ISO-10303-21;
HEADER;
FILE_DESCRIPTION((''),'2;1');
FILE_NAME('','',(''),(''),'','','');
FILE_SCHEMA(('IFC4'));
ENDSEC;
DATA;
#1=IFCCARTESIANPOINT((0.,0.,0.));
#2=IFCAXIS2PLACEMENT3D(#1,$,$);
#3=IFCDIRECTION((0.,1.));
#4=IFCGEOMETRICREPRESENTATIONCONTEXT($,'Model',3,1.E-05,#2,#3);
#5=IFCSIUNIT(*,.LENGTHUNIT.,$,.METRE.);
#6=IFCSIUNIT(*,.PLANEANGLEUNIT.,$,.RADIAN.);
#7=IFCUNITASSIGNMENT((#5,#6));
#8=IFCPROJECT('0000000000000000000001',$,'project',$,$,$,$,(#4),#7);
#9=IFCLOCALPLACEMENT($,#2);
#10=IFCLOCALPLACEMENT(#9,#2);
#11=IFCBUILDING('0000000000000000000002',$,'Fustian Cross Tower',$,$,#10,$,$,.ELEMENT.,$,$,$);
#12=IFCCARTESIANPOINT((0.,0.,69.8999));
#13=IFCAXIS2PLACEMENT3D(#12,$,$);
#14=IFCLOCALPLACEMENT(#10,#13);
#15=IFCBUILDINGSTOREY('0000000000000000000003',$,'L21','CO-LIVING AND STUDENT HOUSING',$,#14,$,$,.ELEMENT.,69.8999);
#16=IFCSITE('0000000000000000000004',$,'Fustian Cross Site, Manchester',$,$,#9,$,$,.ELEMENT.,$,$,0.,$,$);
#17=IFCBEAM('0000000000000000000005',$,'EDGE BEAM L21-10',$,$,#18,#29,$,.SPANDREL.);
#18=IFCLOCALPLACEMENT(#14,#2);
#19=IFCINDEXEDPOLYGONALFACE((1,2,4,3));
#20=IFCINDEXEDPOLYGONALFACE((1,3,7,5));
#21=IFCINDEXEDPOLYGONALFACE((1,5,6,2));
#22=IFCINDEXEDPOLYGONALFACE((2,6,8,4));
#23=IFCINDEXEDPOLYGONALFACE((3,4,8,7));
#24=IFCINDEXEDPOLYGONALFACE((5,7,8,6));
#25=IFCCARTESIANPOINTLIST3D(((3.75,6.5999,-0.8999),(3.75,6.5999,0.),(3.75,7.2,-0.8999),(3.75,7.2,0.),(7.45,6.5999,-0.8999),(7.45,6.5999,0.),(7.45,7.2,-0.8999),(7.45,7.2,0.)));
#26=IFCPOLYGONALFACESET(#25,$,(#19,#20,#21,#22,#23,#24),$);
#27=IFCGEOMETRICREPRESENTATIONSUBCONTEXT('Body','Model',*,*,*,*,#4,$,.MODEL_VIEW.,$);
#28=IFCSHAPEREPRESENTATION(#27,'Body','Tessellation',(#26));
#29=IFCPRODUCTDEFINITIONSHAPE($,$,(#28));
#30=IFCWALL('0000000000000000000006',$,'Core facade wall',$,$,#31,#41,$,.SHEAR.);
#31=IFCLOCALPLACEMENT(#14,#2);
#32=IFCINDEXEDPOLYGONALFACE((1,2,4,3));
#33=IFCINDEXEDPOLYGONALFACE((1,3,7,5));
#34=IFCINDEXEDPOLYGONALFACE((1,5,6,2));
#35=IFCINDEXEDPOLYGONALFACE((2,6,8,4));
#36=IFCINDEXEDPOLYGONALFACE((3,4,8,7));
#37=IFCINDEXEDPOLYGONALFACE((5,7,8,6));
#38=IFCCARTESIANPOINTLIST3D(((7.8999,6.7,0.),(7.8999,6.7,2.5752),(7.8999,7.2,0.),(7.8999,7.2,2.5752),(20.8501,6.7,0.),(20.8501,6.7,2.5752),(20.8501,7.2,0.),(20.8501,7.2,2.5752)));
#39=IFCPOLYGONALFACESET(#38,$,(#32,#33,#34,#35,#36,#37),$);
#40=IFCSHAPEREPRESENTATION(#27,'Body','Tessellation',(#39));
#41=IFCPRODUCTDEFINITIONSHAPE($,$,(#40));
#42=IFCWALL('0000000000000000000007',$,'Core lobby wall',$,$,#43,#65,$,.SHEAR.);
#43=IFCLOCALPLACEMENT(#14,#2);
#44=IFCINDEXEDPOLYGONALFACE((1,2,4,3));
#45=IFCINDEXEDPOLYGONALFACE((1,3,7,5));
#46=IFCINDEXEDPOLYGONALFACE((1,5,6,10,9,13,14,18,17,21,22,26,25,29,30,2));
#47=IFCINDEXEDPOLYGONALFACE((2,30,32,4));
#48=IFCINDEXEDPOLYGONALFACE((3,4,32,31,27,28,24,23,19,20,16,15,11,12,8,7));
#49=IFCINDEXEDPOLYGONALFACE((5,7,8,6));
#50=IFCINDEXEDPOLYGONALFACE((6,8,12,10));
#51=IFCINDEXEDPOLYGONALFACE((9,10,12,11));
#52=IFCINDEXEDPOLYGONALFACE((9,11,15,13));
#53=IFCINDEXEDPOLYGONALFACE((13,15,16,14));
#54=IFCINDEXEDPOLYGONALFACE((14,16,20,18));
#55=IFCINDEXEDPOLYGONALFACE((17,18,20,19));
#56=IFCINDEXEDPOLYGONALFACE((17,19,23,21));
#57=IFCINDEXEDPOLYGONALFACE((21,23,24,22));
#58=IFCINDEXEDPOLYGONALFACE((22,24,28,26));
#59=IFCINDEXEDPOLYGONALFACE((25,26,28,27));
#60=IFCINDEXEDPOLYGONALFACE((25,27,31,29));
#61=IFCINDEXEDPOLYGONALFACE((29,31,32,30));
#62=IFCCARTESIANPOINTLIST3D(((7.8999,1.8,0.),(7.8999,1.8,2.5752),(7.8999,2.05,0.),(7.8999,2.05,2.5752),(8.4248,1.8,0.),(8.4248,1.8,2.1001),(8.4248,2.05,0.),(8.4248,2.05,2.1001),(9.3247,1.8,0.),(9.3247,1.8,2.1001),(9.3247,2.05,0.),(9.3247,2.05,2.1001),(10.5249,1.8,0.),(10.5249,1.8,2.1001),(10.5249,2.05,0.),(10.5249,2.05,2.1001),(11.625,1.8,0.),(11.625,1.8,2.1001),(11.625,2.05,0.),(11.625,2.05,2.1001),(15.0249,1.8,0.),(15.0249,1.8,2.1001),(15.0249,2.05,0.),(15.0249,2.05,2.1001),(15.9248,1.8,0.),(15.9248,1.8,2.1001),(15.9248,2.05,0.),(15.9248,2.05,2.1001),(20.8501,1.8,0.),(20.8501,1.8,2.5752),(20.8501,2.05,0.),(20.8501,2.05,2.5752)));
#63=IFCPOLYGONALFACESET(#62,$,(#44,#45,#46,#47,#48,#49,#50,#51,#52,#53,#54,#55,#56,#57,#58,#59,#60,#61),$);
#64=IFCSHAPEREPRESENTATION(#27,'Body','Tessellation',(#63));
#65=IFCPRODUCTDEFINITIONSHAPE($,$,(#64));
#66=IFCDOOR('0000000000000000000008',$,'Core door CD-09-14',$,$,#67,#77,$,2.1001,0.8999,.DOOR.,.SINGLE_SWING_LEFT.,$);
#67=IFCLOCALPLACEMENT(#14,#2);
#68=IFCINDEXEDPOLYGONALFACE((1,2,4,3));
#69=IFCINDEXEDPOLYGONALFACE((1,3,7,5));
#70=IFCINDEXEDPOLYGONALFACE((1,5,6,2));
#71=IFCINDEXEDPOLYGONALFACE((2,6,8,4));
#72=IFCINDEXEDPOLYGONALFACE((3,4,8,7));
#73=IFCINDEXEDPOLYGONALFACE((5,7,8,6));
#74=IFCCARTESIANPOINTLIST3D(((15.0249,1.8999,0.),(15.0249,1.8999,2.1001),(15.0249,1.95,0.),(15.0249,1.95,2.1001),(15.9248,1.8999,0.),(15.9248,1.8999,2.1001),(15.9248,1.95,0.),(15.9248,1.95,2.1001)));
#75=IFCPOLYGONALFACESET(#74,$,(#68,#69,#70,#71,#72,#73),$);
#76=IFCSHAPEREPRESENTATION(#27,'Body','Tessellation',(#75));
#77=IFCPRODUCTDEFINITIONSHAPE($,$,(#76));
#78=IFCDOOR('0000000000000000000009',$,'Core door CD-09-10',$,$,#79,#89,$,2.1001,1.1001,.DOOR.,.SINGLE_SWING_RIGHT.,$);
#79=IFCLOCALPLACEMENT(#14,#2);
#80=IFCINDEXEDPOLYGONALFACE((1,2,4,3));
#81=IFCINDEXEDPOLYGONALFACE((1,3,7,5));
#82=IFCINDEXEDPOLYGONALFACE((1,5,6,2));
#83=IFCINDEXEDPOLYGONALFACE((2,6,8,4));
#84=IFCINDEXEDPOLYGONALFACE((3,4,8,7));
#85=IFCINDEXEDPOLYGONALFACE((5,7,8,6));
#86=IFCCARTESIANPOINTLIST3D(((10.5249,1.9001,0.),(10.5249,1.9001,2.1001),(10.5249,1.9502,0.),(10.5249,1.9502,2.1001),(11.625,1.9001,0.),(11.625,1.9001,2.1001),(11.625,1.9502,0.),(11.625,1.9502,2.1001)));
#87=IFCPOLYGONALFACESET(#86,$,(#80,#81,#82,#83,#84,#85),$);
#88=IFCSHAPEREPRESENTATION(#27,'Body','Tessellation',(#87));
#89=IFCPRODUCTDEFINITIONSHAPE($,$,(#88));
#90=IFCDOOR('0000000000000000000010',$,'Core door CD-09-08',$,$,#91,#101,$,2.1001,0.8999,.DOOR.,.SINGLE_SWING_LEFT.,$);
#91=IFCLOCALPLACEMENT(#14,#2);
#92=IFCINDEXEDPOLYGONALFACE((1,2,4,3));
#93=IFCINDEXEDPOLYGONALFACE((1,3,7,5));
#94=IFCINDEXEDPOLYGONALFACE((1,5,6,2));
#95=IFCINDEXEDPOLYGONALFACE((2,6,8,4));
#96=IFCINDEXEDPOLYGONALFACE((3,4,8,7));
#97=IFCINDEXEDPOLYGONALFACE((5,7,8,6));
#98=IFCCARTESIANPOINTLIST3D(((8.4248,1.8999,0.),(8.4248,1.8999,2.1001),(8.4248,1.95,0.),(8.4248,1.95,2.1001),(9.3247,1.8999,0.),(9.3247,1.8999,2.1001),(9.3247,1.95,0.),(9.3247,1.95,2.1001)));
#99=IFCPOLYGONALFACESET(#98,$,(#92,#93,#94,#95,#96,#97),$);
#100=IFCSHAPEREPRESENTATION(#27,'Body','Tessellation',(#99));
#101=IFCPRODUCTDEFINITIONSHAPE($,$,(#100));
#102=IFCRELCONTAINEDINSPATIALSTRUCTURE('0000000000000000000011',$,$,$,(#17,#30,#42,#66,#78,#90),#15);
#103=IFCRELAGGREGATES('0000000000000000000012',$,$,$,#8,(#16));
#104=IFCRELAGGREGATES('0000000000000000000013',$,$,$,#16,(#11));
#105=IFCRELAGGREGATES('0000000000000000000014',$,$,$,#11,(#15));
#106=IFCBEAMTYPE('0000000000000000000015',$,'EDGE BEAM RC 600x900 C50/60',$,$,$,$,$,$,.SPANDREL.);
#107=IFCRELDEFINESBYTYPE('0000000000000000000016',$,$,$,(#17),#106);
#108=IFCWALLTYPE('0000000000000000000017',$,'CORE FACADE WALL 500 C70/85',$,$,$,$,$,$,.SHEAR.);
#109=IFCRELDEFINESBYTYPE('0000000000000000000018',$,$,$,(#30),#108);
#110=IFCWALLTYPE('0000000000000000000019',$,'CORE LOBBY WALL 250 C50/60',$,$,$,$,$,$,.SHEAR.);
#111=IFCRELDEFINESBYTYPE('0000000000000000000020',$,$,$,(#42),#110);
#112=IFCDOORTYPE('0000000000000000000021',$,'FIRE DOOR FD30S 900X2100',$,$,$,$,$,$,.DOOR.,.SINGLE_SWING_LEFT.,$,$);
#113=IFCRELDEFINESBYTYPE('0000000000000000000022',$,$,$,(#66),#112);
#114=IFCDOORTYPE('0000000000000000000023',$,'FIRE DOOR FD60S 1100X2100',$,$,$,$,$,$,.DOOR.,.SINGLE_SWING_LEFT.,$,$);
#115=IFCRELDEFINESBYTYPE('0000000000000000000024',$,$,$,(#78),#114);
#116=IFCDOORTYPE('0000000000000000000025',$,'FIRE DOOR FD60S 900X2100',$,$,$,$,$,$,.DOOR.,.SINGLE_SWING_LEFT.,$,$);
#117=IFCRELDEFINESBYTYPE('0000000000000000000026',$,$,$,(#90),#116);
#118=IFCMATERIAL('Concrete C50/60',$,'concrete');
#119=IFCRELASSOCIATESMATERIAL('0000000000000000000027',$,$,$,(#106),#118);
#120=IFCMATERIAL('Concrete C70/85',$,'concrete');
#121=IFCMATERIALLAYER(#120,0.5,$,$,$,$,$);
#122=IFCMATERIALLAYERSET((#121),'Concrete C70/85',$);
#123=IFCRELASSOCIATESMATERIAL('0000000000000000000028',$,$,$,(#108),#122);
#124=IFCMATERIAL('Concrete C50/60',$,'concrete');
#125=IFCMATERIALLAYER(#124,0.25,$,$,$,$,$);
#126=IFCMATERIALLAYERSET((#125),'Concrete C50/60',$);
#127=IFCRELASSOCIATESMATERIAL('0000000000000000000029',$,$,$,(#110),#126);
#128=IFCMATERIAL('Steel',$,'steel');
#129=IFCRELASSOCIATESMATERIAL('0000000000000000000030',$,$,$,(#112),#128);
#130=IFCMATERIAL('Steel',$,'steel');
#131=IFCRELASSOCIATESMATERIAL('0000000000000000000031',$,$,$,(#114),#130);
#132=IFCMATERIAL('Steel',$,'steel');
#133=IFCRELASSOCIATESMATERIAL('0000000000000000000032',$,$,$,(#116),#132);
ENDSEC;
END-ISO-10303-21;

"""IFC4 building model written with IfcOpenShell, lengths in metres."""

from ifc_helpers import new_model, si_unit, direction, frame, frame_2d, origin, origin_2d, place, context, subcontext, project, spatial, rectangle, extrude, material, layer, layer_set, material_profile, profile_set, type_object, element, fill, save


model = new_model("IFC4")

# Units and contexts
model_context = context("Model", 3, precision=1e-05, world=origin(), true_north=direction((0.0, 1.0)))
body_context = subcontext(model_context, "Body", "Model", "MODEL_VIEW")
ifc_project = project(units=[si_unit("LENGTHUNIT", "METRE"), si_unit("PLANEANGLEUNIT", "RADIAN")], contexts=[model_context])

# Site, building, storey
site_placement = place(None, origin())
site = spatial("IfcSite", under=ifc_project, at=site_placement, Name="Fustian Cross Site, Manchester", CompositionType="ELEMENT", RefElevation=0.0)
building_placement = place(site_placement, origin())
building = spatial("IfcBuilding", under=site, at=building_placement, Name="Fustian Cross Tower", CompositionType="ELEMENT")
storey_placement = place(building_placement, frame((0.0, 0.0, 69.8999)))
storey = spatial("IfcBuildingStorey", under=building, at=storey_placement, Name="L21", Description="CO-LIVING AND STUDENT HOUSING", CompositionType="ELEMENT", Elevation=69.8999)

# Beam
ifc_material_1 = material(Name="Concrete C50/60", Category="concrete")
ifc_material_profile = material_profile(ifc_material_1, rectangle(XDim=0.6001, YDim=0.8999, at=origin_2d()), Name="RC 600x900")
ifc_profile_set = profile_set([ifc_material_profile], Name="Concrete C50/60")
beam_type = type_object("IfcBeamType", Name="EDGE BEAM RC 600x900 C50/60", PredefinedType="SPANDREL", material=ifc_profile_set)
beam_placement = place(storey_placement, frame((7.45, 6.8999, -0.45), z_axis=(-1.0, 0.0, 0.0), x_axis=(0.0, -1.0, 0.0)))
element("IfcBeam", 1, at=beam_placement, inside=storey, type_object=beam_type, Name="EDGE BEAM L21-10", PredefinedType="SPANDREL", context=body_context, shape_type="SweptSolid", body=[
    extrude(rectangle(XDim=0.6001, YDim=0.8999, at=origin_2d()), origin(), (0.0, 0.0, 1.0), 3.7),
])

# Wall
ifc_material_2 = material(Name="Concrete C70/85", Category="concrete")
ifc_layer_1 = layer(ifc_material_2, 0.5)
ifc_layer_set_1 = layer_set([ifc_layer_1], Name="Concrete C70/85")
wall_type_1 = type_object("IfcWallType", Name="CORE FACADE WALL 500 C70/85", PredefinedType="SHEAR", material=ifc_layer_set_1)
wall_1_placement = place(storey_placement, frame((7.8999, 6.95, 0.0), z_axis=(0.0, 0.0, 1.0), x_axis=(1.0, 0.0, 0.0)))
element("IfcWall", 2, at=wall_1_placement, inside=storey, type_object=wall_type_1, Name="Core facade wall", PredefinedType="SHEAR", context=body_context, shape_type="SweptSolid", body=[
    extrude(rectangle(XDim=12.9502, YDim=0.5, at=frame_2d((6.4751, 0.0))), origin(), (0.0, 0.0, 1.0), 2.5752),
])

# Wall, openings, doors
ifc_material_3 = material(Name="Concrete C50/60", Category="concrete")
ifc_layer_2 = layer(ifc_material_3, 0.25)
ifc_layer_set_2 = layer_set([ifc_layer_2], Name="Concrete C50/60")
wall_type_2 = type_object("IfcWallType", Name="CORE LOBBY WALL 250 C50/60", PredefinedType="SHEAR", material=ifc_layer_set_2)
wall_2_placement = place(storey_placement, frame((7.8999, 1.925, 0.0), z_axis=(0.0, 0.0, 1.0), x_axis=(1.0, 0.0, 0.0)))
wall_2 = element("IfcWall", 3, at=wall_2_placement, inside=storey, type_object=wall_type_2, Name="Core lobby wall", PredefinedType="SHEAR", context=body_context, shape_type="SweptSolid", body=[
    extrude(rectangle(XDim=12.9502, YDim=0.25, at=frame_2d((6.4751, 0.0))), origin(), (0.0, 0.0, 1.0), 2.5752),
])
opening_1_placement = place(wall_2_placement, frame((0.5249, 0.0, 0.0)))
opening_1 = element("IfcOpeningElement", 4, at=opening_1_placement, cuts=wall_2, PredefinedType="OPENING", context=body_context, shape_type="SweptSolid", body=[
    extrude(rectangle(XDim=0.8999, YDim=2.1001, at=frame_2d((0.45, 1.05))), frame((0.0, 0.135, 0.0), z_axis=(0.0, -1.0, 0.0), x_axis=(1.0, 0.0, 0.0)), (0.0, 0.0, 1.0), 0.27),
])
opening_2_placement = place(wall_2_placement, frame((2.625, 0.0, 0.0)))
opening_2 = element("IfcOpeningElement", 5, at=opening_2_placement, cuts=wall_2, PredefinedType="OPENING", context=body_context, shape_type="SweptSolid", body=[
    extrude(rectangle(XDim=1.1001, YDim=2.1001, at=frame_2d((0.55, 1.05))), frame((0.0, 0.135, 0.0), z_axis=(0.0, -1.0, 0.0), x_axis=(1.0, 0.0, 0.0)), (0.0, 0.0, 1.0), 0.27),
])
opening_3_placement = place(wall_2_placement, frame((7.125, 0.0, 0.0)))
opening_3 = element("IfcOpeningElement", 6, at=opening_3_placement, cuts=wall_2, PredefinedType="OPENING", context=body_context, shape_type="SweptSolid", body=[
    extrude(rectangle(XDim=0.8999, YDim=2.1001, at=frame_2d((0.45, 1.05))), frame((0.0, 0.135, 0.0), z_axis=(0.0, -1.0, 0.0), x_axis=(1.0, 0.0, 0.0)), (0.0, 0.0, 1.0), 0.27),
])
ifc_material_4 = material(Name="Steel", Category="steel")
door_type_1 = type_object("IfcDoorType", Name="FIRE DOOR FD30S 900X2100", OperationType="SINGLE_SWING_LEFT", PredefinedType="DOOR", material=ifc_material_4)
door_1_placement = place(opening_3_placement, origin())
door_1 = element("IfcDoor", 7, at=door_1_placement, inside=storey, type_object=door_type_1, Name="Core door CD-09-14", OperationType="SINGLE_SWING_LEFT", OverallHeight=2.1001, OverallWidth=0.8999, PredefinedType="DOOR", context=body_context, shape_type="SweptSolid", body=[
    extrude(rectangle(XDim=0.8999, YDim=2.1001, at=frame_2d((0.45, 1.05))), frame((0.0, 0.0249, 0.0), z_axis=(0.0, -1.0, 0.0), x_axis=(1.0, 0.0, 0.0)), (0.0, 0.0, 1.0), 0.05),
])
fill(opening_3, door_1)
ifc_material_5 = material(Name="Steel", Category="steel")
door_type_2 = type_object("IfcDoorType", Name="FIRE DOOR FD60S 1100X2100", OperationType="SINGLE_SWING_LEFT", PredefinedType="DOOR", material=ifc_material_5)
door_2_placement = place(opening_2_placement, frame((1.1001, 0.0, 0.0), z_axis=(0.0, 0.0, 1.0), x_axis=(-1.0, 0.0, 0.0)))
door_2 = element("IfcDoor", 8, at=door_2_placement, inside=storey, type_object=door_type_2, Name="Core door CD-09-10", OperationType="SINGLE_SWING_RIGHT", OverallHeight=2.1001, OverallWidth=1.1001, PredefinedType="DOOR", context=body_context, shape_type="SweptSolid", body=[
    extrude(rectangle(XDim=1.1001, YDim=2.1001, at=frame_2d((0.55, 1.05))), frame((0.0, 0.0249, 0.0), z_axis=(0.0, -1.0, 0.0), x_axis=(1.0, 0.0, 0.0)), (0.0, 0.0, 1.0), 0.05),
])
fill(opening_2, door_2)
ifc_material_6 = material(Name="Steel", Category="steel")
door_type_3 = type_object("IfcDoorType", Name="FIRE DOOR FD60S 900X2100", OperationType="SINGLE_SWING_LEFT", PredefinedType="DOOR", material=ifc_material_6)
door_3_placement = place(opening_1_placement, origin())
door_3 = element("IfcDoor", 9, at=door_3_placement, inside=storey, type_object=door_type_3, Name="Core door CD-09-08", OperationType="SINGLE_SWING_LEFT", OverallHeight=2.1001, OverallWidth=0.8999, PredefinedType="DOOR", context=body_context, shape_type="SweptSolid", body=[
    extrude(rectangle(XDim=0.8999, YDim=2.1001, at=frame_2d((0.45, 1.05))), frame((0.0, 0.0249, 0.0), z_axis=(0.0, -1.0, 0.0), x_axis=(1.0, 0.0, 0.0)), (0.0, 0.0, 1.0), 0.05),
])
fill(opening_1, door_3)

save(model, "model.ifc")
